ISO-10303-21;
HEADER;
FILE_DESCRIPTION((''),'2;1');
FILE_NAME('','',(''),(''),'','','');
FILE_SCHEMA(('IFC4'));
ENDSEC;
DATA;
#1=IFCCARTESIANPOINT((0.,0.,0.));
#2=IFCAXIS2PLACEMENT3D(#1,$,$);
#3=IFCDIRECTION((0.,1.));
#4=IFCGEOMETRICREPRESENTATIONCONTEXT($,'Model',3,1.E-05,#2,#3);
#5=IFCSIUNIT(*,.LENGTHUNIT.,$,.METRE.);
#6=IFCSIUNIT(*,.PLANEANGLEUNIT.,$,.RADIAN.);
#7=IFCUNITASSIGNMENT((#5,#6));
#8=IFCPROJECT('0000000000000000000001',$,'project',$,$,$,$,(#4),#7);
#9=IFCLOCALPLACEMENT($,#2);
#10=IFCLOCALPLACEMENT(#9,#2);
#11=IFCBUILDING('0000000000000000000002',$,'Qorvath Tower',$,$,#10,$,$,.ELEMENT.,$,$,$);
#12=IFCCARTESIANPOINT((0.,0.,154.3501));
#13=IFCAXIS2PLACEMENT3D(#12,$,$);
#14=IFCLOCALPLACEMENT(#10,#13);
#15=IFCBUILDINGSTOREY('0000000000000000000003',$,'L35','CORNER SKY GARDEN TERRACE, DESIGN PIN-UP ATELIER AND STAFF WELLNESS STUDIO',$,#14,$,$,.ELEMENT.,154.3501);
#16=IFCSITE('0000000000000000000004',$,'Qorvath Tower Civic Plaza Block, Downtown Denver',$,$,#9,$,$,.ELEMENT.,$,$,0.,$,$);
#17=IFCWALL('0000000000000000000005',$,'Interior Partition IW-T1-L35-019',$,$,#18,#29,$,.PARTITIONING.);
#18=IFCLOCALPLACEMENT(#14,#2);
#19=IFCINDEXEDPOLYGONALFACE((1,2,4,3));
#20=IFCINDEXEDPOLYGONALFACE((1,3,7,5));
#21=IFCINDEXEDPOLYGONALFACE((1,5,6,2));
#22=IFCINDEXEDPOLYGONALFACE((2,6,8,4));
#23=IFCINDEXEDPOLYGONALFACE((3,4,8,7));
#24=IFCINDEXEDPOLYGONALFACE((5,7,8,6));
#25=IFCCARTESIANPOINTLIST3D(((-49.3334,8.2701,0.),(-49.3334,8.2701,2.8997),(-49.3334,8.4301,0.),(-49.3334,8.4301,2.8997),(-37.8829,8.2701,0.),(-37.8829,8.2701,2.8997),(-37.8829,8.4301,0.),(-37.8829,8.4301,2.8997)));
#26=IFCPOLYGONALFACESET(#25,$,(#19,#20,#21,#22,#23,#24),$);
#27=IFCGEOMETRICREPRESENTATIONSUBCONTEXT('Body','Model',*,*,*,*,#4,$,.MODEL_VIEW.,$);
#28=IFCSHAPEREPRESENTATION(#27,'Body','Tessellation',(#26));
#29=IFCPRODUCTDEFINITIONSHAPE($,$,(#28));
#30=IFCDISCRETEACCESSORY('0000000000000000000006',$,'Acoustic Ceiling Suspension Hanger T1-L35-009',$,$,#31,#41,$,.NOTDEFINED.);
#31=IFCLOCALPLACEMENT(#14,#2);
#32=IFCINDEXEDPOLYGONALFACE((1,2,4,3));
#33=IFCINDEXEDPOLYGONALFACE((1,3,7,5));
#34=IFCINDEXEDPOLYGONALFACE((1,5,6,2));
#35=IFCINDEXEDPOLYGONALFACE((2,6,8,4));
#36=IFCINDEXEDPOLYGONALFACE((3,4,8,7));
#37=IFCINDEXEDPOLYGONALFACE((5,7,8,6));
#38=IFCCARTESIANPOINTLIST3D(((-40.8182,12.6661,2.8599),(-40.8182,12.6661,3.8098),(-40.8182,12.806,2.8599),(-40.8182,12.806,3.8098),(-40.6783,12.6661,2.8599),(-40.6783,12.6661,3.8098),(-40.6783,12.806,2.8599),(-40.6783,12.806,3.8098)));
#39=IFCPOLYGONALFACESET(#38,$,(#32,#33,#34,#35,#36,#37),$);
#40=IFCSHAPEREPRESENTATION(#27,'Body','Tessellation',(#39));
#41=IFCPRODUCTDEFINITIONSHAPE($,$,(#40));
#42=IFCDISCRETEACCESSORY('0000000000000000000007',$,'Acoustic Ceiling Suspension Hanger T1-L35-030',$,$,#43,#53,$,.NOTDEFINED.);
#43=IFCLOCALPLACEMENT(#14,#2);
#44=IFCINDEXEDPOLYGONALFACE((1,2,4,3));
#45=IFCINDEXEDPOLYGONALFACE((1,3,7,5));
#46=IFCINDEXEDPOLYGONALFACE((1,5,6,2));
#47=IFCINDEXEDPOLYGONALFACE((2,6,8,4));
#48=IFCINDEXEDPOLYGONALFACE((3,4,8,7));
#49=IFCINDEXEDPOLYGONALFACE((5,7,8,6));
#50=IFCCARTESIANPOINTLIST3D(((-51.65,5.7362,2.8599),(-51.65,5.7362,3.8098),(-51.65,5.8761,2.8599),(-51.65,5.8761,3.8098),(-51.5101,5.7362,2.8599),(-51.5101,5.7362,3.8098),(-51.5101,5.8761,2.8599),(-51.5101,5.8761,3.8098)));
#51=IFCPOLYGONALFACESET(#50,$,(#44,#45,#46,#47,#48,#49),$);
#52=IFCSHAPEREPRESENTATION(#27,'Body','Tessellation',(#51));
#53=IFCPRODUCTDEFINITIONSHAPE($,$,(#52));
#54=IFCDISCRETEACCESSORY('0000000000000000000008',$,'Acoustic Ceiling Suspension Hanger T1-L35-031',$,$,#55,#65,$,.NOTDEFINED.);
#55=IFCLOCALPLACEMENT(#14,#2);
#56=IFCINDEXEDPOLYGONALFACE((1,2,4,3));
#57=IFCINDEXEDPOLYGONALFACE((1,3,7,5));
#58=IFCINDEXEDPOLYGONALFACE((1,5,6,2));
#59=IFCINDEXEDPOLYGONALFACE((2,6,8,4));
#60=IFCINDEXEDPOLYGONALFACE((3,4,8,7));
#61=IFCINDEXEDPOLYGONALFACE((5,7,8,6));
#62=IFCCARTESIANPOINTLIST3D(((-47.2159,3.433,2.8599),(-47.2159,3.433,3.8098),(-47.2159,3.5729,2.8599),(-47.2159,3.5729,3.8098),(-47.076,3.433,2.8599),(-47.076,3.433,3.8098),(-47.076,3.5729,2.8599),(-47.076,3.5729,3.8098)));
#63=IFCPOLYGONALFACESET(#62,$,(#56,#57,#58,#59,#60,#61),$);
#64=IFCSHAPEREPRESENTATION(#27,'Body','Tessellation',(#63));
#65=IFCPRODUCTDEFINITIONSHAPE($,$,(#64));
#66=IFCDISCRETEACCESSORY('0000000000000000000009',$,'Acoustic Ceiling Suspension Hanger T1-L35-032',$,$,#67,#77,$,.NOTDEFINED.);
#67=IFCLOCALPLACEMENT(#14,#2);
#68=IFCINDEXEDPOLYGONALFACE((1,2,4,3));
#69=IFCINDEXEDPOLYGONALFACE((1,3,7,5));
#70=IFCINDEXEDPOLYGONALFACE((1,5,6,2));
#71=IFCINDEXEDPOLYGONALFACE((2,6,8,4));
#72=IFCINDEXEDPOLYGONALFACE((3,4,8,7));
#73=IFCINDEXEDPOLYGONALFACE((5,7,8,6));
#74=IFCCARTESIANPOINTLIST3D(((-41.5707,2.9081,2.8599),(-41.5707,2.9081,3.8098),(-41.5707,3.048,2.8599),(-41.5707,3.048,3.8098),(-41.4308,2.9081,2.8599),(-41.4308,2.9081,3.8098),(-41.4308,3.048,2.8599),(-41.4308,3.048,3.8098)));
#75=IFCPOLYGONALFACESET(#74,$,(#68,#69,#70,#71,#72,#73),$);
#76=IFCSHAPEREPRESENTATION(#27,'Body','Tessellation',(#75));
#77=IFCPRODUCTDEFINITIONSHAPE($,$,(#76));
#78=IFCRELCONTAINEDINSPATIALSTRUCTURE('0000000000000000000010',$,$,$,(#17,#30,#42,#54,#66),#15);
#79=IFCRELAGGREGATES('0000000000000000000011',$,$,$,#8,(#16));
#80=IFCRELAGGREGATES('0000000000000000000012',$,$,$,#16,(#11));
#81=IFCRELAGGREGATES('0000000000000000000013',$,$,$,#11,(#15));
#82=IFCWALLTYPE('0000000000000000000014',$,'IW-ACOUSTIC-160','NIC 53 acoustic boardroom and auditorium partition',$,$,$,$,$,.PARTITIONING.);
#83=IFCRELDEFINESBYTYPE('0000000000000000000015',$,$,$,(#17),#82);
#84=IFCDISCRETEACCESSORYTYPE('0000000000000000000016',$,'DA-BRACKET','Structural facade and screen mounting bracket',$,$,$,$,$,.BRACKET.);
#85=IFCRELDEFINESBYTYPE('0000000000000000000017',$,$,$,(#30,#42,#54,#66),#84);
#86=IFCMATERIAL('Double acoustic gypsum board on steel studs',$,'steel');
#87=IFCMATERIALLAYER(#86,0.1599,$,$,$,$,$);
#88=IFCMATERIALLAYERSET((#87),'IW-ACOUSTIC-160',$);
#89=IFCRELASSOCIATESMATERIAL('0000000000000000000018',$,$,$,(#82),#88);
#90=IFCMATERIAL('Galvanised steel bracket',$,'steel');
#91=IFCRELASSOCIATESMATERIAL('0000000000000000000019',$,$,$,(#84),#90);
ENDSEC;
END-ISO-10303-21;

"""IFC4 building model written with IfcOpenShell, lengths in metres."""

from ifc_helpers import new_model, si_unit, direction, frame, frame_2d, origin, origin_2d, place, context, subcontext, project, spatial, rectangle, extrude, material, layer, layer_set, type_object, element, save


model = new_model("IFC4")

# Units and contexts
model_context = context("Model", 3, precision=1e-05, world=origin(), true_north=direction((0.0, 1.0)))
body_context = subcontext(model_context, "Body", "Model", "MODEL_VIEW")
ifc_project = project(units=[si_unit("LENGTHUNIT", "METRE"), si_unit("PLANEANGLEUNIT", "RADIAN")], contexts=[model_context])

# Site, building, storey
site_placement = place(None, origin())
site = spatial("IfcSite", under=ifc_project, at=site_placement, Name="Qorvath Tower Civic Plaza Block, Downtown Denver", CompositionType="ELEMENT", RefElevation=0.0)
building_placement = place(site_placement, origin())
building = spatial("IfcBuilding", under=site, at=building_placement, Name="Qorvath Tower", CompositionType="ELEMENT")
storey_placement = place(building_placement, frame((0.0, 0.0, 154.3501)))
storey = spatial("IfcBuildingStorey", under=building, at=storey_placement, Name="L35", Description="CORNER SKY GARDEN TERRACE, DESIGN PIN-UP ATELIER AND STAFF WELLNESS STUDIO", CompositionType="ELEMENT", Elevation=154.3501)

# Wall
ifc_material_1 = material(Name="Double acoustic gypsum board on steel studs", Category="steel")
ifc_layer_1 = layer(ifc_material_1, 0.1599)
ifc_layer_set_1 = layer_set([ifc_layer_1], Name="IW-ACOUSTIC-160")
wall_type = type_object("IfcWallType", Name="IW-ACOUSTIC-160", Description="NIC 53 acoustic boardroom and auditorium partition", PredefinedType="PARTITIONING", material=ifc_layer_set_1)
wall_placement = place(storey_placement, frame((-49.3333, 8.3501, 0.0), z_axis=(0.0, 0.0, 1.0), x_axis=(1.0, 0.0, 0.0)))
element("IfcWall", 1, at=wall_placement, inside=storey, type_object=wall_type, Name="Interior Partition IW-T1-L35-019", PredefinedType="PARTITIONING", context=body_context, shape_type="SweptSolid", body=[
    extrude(rectangle(XDim=11.4504, YDim=0.1599, at=frame_2d((5.7251, 0.0))), origin(), (0.0, 0.0, 1.0), 2.8997),
])

# Discrete accessories
ifc_material_2 = material(Name="Galvanised steel bracket", Category="steel")
discrete_accessory_type = type_object("IfcDiscreteAccessoryType", Name="DA-BRACKET", Description="Structural facade and screen mounting bracket", PredefinedType="BRACKET", material=ifc_material_2)
for number, where, z_axis, x_axis, name in (
    (2, (-40.7483, 12.7361, 2.8599), (0.0, 0.0, 1.0), (1.0, 0.0, 0.0), "Acoustic Ceiling Suspension Hanger T1-L35-009"),
    (3, (-51.5801, 5.8062, 2.8599), (0.0, 0.0, 1.0), (1.0, 0.0, 0.0), "Acoustic Ceiling Suspension Hanger T1-L35-030"),
    (4, (-47.146, 3.5029, 2.8599), (0.0, 0.0, 1.0), (1.0, 0.0, 0.0), "Acoustic Ceiling Suspension Hanger T1-L35-031"),
    (5, (-41.5007, 2.978, 2.8599), (0.0, 0.0, 1.0), (1.0, 0.0, 0.0), "Acoustic Ceiling Suspension Hanger T1-L35-032"),
):
    element("IfcDiscreteAccessory", number, at=place(storey_placement, frame(where, z_axis=z_axis, x_axis=x_axis)), inside=storey, type_object=discrete_accessory_type, Name=name, PredefinedType="NOTDEFINED", context=body_context, shape_type="SweptSolid", body=[
        extrude(rectangle(XDim=0.1399, YDim=0.1399, at=origin_2d()), origin(), (0.0, 0.0, 1.0), 0.95),
    ])

save(model, "model.ifc")
